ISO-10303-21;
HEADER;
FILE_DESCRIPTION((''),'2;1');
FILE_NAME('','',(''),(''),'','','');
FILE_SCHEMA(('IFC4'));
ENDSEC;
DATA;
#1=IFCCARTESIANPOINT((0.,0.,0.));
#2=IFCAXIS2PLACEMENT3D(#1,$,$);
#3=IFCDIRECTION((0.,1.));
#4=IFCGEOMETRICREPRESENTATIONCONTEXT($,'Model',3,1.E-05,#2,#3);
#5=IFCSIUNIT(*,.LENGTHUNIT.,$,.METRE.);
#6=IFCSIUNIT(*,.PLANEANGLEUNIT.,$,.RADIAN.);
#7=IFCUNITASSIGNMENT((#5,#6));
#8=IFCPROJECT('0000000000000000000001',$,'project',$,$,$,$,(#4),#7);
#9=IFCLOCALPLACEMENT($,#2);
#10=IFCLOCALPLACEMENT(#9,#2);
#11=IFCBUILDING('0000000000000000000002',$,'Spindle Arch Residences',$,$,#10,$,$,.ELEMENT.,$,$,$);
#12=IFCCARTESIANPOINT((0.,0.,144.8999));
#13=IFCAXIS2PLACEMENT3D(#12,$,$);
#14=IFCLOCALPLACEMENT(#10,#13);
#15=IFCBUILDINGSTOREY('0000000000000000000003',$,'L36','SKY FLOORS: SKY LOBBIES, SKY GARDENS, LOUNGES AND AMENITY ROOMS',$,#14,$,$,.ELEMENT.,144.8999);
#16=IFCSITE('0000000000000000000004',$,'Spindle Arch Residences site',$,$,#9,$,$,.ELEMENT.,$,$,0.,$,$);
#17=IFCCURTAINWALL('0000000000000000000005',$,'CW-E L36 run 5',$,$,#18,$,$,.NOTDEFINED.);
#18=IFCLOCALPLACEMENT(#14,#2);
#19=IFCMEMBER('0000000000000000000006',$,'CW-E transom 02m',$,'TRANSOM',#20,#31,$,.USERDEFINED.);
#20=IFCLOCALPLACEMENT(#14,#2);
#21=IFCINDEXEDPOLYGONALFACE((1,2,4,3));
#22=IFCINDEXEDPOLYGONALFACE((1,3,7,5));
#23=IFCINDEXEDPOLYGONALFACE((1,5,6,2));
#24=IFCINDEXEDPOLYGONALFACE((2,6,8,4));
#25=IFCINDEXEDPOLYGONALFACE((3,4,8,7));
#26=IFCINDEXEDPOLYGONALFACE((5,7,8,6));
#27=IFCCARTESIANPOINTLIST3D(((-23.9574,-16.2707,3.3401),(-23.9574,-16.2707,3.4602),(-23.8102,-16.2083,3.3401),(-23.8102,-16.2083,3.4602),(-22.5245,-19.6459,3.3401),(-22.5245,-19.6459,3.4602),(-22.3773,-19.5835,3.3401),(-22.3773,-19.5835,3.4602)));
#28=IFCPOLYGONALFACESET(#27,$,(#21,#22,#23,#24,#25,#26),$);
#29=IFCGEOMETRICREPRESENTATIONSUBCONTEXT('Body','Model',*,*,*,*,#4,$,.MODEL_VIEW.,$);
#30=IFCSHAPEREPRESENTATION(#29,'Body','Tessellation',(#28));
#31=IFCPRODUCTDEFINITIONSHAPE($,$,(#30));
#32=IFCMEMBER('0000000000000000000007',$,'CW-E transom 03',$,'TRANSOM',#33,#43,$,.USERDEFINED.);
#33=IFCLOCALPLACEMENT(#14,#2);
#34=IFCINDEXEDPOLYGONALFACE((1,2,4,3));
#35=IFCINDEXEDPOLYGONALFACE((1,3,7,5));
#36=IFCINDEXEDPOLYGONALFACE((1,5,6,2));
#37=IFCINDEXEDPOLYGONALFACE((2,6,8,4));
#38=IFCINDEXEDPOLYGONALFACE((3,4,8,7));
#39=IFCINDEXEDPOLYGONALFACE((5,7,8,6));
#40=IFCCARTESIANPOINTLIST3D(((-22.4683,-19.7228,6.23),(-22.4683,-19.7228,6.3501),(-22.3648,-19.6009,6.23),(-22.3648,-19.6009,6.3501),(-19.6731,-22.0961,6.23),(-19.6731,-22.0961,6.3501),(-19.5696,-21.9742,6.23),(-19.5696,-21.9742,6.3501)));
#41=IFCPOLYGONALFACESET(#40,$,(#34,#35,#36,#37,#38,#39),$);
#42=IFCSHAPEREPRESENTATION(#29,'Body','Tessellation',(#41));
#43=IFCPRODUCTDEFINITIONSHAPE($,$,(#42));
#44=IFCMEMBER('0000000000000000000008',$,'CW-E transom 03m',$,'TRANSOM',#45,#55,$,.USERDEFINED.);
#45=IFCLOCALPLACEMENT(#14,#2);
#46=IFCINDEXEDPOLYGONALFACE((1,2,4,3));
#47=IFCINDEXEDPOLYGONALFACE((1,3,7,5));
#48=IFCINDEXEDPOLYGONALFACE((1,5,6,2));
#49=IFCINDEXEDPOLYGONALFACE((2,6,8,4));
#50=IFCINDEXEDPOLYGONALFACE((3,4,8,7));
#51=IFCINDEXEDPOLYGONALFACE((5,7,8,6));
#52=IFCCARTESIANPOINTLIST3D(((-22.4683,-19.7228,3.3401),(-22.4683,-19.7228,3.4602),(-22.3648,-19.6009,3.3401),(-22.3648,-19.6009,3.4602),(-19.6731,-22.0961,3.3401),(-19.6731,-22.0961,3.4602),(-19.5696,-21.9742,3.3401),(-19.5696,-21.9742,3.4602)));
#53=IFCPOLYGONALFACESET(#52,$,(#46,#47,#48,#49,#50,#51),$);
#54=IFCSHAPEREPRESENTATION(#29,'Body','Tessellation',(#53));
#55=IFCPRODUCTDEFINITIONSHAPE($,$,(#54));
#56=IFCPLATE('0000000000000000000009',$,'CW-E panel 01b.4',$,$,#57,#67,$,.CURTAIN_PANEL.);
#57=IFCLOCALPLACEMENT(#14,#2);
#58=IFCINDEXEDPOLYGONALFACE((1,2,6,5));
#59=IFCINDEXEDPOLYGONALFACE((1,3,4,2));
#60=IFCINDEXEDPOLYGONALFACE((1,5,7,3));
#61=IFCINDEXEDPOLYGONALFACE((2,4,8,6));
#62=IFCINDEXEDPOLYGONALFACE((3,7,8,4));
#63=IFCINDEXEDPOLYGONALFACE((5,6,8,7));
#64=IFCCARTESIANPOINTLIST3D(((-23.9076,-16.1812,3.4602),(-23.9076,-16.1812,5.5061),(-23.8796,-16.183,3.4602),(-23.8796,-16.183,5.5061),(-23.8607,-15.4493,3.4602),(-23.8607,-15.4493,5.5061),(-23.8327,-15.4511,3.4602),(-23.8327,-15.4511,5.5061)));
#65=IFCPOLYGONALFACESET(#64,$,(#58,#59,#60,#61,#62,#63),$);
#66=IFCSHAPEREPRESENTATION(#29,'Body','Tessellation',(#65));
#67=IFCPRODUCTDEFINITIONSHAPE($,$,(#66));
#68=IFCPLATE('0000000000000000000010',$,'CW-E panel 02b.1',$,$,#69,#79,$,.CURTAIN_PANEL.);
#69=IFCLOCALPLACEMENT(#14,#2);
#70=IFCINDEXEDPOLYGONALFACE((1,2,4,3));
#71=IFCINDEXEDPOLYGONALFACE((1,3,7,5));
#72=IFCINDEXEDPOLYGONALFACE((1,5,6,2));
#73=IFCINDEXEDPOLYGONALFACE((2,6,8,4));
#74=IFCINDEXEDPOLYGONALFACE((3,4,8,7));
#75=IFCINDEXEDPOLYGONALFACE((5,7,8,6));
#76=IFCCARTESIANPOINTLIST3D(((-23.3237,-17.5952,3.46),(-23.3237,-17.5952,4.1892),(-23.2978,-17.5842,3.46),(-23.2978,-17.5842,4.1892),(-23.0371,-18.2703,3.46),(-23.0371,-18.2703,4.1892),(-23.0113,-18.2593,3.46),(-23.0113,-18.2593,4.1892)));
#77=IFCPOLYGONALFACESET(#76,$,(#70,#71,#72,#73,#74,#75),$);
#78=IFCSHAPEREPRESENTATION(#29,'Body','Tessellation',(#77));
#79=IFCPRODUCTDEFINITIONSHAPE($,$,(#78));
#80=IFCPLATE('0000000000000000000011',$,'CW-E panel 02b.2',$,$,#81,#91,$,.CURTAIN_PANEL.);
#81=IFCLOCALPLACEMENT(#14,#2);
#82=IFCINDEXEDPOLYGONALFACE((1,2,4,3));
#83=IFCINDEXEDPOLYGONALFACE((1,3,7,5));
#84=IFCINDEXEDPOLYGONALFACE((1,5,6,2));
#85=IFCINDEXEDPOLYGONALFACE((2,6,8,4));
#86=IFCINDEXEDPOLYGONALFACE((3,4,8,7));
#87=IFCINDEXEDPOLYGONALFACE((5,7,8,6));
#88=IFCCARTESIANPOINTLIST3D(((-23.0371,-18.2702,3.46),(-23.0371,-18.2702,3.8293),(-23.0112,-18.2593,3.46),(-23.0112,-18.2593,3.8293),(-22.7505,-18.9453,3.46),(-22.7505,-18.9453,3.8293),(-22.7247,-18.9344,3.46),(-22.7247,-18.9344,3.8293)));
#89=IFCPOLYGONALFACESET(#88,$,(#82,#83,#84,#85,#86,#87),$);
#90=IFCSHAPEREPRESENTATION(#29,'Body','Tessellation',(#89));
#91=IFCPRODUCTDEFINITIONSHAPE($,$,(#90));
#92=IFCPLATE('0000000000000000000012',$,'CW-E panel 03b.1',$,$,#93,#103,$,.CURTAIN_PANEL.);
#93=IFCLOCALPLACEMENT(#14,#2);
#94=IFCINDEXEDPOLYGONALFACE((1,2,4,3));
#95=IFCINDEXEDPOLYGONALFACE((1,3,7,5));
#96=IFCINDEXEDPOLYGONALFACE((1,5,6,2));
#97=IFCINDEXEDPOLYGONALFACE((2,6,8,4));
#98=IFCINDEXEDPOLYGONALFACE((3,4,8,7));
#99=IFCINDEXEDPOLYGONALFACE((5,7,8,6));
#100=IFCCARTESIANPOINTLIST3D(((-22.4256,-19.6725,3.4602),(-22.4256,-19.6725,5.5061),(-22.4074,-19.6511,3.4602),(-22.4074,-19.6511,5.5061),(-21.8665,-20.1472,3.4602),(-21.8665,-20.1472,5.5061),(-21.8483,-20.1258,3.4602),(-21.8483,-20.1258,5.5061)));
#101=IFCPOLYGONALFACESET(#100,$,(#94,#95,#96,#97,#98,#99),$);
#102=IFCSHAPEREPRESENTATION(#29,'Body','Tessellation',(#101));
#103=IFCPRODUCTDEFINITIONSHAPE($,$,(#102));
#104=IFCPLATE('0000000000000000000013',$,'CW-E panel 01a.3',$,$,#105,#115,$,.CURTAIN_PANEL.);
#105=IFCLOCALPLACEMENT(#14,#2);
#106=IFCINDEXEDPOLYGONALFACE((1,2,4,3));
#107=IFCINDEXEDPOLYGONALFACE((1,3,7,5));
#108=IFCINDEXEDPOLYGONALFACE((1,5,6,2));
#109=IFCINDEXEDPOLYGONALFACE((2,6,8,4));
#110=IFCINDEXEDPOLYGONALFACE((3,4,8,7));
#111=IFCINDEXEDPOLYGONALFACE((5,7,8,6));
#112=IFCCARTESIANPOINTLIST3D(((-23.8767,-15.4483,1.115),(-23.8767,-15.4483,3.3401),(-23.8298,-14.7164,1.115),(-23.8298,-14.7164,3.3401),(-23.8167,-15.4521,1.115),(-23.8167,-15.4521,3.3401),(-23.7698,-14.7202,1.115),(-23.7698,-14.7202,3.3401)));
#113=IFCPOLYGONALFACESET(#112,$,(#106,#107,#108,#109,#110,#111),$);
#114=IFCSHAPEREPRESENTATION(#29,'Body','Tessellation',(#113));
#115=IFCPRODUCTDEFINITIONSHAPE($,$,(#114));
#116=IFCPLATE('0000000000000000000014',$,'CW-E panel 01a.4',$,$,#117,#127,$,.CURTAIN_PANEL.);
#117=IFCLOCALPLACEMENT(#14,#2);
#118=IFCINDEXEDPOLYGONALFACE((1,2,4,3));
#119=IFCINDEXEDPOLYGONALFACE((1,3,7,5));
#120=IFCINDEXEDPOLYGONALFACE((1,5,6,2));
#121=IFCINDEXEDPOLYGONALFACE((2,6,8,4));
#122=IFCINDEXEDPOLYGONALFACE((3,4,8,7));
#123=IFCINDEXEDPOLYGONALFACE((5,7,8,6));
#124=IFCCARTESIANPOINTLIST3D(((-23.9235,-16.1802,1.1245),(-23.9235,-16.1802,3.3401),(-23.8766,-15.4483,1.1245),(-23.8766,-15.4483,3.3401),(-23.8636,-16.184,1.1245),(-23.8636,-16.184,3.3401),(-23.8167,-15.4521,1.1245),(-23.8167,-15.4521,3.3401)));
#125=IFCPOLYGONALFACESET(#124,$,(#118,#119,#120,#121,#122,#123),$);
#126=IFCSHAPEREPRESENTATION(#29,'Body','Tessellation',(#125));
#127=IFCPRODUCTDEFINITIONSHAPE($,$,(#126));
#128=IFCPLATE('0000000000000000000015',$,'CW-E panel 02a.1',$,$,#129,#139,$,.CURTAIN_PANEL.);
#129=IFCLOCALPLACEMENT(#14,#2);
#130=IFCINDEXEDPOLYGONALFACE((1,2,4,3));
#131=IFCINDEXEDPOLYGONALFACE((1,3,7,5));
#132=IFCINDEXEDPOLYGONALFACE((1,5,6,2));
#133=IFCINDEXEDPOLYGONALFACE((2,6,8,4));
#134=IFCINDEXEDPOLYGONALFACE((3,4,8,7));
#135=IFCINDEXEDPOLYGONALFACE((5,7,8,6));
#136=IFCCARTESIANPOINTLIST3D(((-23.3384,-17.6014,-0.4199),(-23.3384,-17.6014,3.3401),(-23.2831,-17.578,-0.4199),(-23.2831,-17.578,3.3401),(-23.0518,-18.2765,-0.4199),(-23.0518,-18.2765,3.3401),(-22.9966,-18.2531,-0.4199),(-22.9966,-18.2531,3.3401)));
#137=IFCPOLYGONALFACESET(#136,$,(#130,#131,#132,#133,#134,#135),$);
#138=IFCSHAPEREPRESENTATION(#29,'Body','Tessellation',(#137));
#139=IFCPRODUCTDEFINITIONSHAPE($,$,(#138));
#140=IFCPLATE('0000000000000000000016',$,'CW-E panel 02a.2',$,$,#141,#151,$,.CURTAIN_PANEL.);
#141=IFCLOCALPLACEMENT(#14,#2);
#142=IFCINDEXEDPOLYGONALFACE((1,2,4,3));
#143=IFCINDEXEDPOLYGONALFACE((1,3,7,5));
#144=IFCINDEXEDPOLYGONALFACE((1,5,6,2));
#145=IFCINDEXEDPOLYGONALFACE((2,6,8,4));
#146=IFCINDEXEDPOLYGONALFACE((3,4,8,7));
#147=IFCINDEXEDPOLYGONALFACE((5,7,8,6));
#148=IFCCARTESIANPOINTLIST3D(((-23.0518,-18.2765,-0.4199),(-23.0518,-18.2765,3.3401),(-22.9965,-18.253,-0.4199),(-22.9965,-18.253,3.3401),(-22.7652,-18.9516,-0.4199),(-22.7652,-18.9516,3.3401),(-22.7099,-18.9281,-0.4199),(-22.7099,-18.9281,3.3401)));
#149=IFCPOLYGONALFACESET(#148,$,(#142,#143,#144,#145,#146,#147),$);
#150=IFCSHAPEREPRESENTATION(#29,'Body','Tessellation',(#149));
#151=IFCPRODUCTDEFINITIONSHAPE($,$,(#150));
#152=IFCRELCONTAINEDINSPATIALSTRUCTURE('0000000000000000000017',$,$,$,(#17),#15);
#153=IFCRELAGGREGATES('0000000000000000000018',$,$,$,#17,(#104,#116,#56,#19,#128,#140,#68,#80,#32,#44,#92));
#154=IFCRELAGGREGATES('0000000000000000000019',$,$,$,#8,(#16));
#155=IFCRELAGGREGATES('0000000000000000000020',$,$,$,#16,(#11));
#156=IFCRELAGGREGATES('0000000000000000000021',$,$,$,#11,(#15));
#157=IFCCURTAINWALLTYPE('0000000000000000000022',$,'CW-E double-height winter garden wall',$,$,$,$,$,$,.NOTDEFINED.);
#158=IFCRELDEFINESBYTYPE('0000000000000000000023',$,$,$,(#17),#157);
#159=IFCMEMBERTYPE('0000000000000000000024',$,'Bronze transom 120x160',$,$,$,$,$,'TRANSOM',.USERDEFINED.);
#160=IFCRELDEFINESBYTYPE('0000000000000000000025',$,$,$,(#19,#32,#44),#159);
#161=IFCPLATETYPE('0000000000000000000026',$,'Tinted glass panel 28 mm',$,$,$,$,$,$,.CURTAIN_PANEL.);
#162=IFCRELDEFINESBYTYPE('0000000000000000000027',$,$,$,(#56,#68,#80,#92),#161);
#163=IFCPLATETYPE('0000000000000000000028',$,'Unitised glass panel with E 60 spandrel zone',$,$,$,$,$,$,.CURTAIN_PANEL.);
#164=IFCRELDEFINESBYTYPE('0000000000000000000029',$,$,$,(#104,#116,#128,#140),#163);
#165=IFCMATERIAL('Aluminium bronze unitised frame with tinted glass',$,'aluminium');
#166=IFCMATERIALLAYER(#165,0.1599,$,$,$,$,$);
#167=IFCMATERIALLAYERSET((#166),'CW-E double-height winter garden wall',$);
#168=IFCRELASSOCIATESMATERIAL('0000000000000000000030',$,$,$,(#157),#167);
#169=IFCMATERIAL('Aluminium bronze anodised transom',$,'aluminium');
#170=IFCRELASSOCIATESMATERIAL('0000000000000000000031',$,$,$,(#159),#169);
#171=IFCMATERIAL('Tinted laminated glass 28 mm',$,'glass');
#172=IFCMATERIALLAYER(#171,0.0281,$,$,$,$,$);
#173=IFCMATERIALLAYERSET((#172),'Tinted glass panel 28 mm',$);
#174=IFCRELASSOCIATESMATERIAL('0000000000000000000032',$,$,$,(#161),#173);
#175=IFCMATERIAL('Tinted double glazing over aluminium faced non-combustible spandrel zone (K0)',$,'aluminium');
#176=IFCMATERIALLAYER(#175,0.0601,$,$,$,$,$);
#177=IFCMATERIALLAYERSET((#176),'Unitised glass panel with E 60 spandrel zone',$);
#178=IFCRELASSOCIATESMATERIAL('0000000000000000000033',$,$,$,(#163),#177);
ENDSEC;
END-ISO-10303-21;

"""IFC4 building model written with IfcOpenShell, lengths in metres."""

from ifc_helpers import new_model, si_unit, direction, frame, origin, origin_2d, place, context, subcontext, project, spatial, rectangle, extrude, material, layer, layer_set, material_profile, profile_set, type_object, element, aggregate, save


model = new_model("IFC4")

# Units and contexts
model_context = context("Model", 3, precision=1e-05, world=origin(), true_north=direction((0.0, 1.0)))
body_context = subcontext(model_context, "Body", "Model", "MODEL_VIEW")
ifc_project = project(units=[si_unit("LENGTHUNIT", "METRE"), si_unit("PLANEANGLEUNIT", "RADIAN")], contexts=[model_context])

# Site, building, storey
site_placement = place(None, origin())
site = spatial("IfcSite", under=ifc_project, at=site_placement, Name="Spindle Arch Residences site", CompositionType="ELEMENT", RefElevation=0.0)
building_placement = place(site_placement, origin())
building = spatial("IfcBuilding", under=site, at=building_placement, Name="Spindle Arch Residences", CompositionType="ELEMENT")
storey_placement = place(building_placement, frame((0.0, 0.0, 144.8999)))
storey = spatial("IfcBuildingStorey", under=building, at=storey_placement, Name="L36", Description="SKY FLOORS: SKY LOBBIES, SKY GARDENS, LOUNGES AND AMENITY ROOMS", CompositionType="ELEMENT", Elevation=144.8999)

# Curtain wall, members, plates
ifc_material_1 = material(Name="Aluminium bronze unitised frame with tinted glass", Category="aluminium")
ifc_layer_1 = layer(ifc_material_1, 0.1599)
ifc_layer_set_1 = layer_set([ifc_layer_1], Name="CW-E double-height winter garden wall")
curtain_wall_type = type_object("IfcCurtainWallType", Name="CW-E double-height winter garden wall", PredefinedType="NOTDEFINED", material=ifc_layer_set_1)
curtain_wall_placement = place(storey_placement, origin())
curtain_wall = element("IfcCurtainWall", 1, at=curtain_wall_placement, inside=storey, type_object=curtain_wall_type, Name="CW-E L36 run 5", PredefinedType="NOTDEFINED")
ifc_material_2 = material(Name="Aluminium bronze anodised transom", Category="aluminium")
ifc_material_profile_1 = material_profile(ifc_material_2, rectangle(XDim=0.1599, YDim=0.1201, at=origin_2d()), Name="TR 120x160")
ifc_profile_set_1 = profile_set([ifc_material_profile_1], Name="Aluminium bronze anodised transom")
member_type_1 = type_object("IfcMemberType", Name="Bronze transom 120x160", ElementType="TRANSOM", PredefinedType="USERDEFINED", material=ifc_profile_set_1)
member_1_placement = place(storey_placement, frame((-23.8838, -16.2395, 3.4001), z_axis=(0.390767, -0.92049, 0.0), x_axis=(0.92049, 0.390767, 0.0)))
member_1 = element("IfcMember", 2, at=member_1_placement, type_object=member_type_1, Name="CW-E transom 02m", ObjectType="TRANSOM", PredefinedType="USERDEFINED", context=body_context, shape_type="SweptSolid", body=[
    extrude(rectangle(XDim=0.1599, YDim=0.1201, at=origin_2d()), origin(), (0.0, 0.0, 1.0), 3.6667),
])
member_2_placement = place(storey_placement, frame((-22.4165, -19.6619, 6.29), z_axis=(0.762289, -0.647237, 0.0), x_axis=(0.647237, 0.762289, 0.0)))
member_2 = element("IfcMember", 3, at=member_2_placement, type_object=member_type_1, Name="CW-E transom 03", ObjectType="TRANSOM", PredefinedType="USERDEFINED", context=body_context, shape_type="SweptSolid", body=[
    extrude(rectangle(XDim=0.1599, YDim=0.1201, at=origin_2d()), origin(), (0.0, 0.0, 1.0), 3.6667),
])
member_3_placement = place(storey_placement, frame((-22.4165, -19.6619, 3.4001), z_axis=(0.762289, -0.647237, 0.0), x_axis=(0.647237, 0.762289, 0.0)))
member_3 = element("IfcMember", 4, at=member_3_placement, type_object=member_type_1, Name="CW-E transom 03m", ObjectType="TRANSOM", PredefinedType="USERDEFINED", context=body_context, shape_type="SweptSolid", body=[
    extrude(rectangle(XDim=0.1599, YDim=0.1201, at=origin_2d()), origin(), (0.0, 0.0, 1.0), 3.6667),
])
ifc_material_3 = material(Name="Tinted laminated glass 28 mm", Category="glass")
ifc_layer_2 = layer(ifc_material_3, 0.0281)
ifc_layer_set_2 = layer_set([ifc_layer_2], Name="Tinted glass panel 28 mm")
plate_type_1 = type_object("IfcPlateType", Name="Tinted glass panel 28 mm", PredefinedType="CURTAIN_PANEL", material=ifc_layer_set_2)
plate_1_placement = place(storey_placement, frame((-23.8701, -15.8162, 3.4602), z_axis=(0.0, 0.0, 1.0), x_axis=(-0.063952, -0.997953, 0.0)))
plate_1 = element("IfcPlate", 5, at=plate_1_placement, type_object=plate_type_1, Name="CW-E panel 01b.4", PredefinedType="CURTAIN_PANEL", context=body_context, shape_type="SweptSolid", body=[
    extrude(rectangle(XDim=0.7334, YDim=0.0281, at=origin_2d()), origin(), (0.0, 0.0, 1.0), 2.0459),
])
plate_2_placement = place(storey_placement, frame((-23.1675, -17.9272, 3.46), z_axis=(0.0, 0.0, 1.0), x_axis=(0.390731, -0.920505, 0.0)))
plate_2 = element("IfcPlate", 6, at=plate_2_placement, type_object=plate_type_1, Name="CW-E panel 02b.1", PredefinedType="CURTAIN_PANEL", context=body_context, shape_type="SweptSolid", body=[
    extrude(rectangle(XDim=0.7334, YDim=0.0281, at=origin_2d()), origin(), (0.0, 0.0, 1.0), 0.7292),
])
plate_3_placement = place(storey_placement, frame((-22.8809, -18.6023, 3.46), z_axis=(0.0, 0.0, 1.0), x_axis=(0.390731, -0.920505, 0.0)))
plate_3 = element("IfcPlate", 7, at=plate_3_placement, type_object=plate_type_1, Name="CW-E panel 02b.2", PredefinedType="CURTAIN_PANEL", context=body_context, shape_type="SweptSolid", body=[
    extrude(rectangle(XDim=0.7334, YDim=0.0281, at=origin_2d()), origin(), (0.0, 0.0, 1.0), 0.3694),
])
plate_4_placement = place(storey_placement, frame((-22.137, -19.8992, 3.4602), z_axis=(0.0, 0.0, 1.0), x_axis=(0.762292, -0.647233, 0.0)))
plate_4 = element("IfcPlate", 8, at=plate_4_placement, type_object=plate_type_1, Name="CW-E panel 03b.1", PredefinedType="CURTAIN_PANEL", context=body_context, shape_type="SweptSolid", body=[
    extrude(rectangle(XDim=0.7334, YDim=0.0281, at=origin_2d()), origin(), (0.0, 0.0, 1.0), 2.0459),
])
ifc_material_4 = material(Name="Tinted double glazing over aluminium faced non-combustible spandrel zone (K0)", Category="aluminium")
ifc_layer_3 = layer(ifc_material_4, 0.0601)
ifc_layer_set_3 = layer_set([ifc_layer_3], Name="Unitised glass panel with E 60 spandrel zone")
plate_type_2 = type_object("IfcPlateType", Name="Unitised glass panel with E 60 spandrel zone", PredefinedType="CURTAIN_PANEL", material=ifc_layer_set_3)
plate_5_placement = place(storey_placement, frame((-23.8232, -15.0842, 1.115), z_axis=(0.0, 0.0, 1.0), x_axis=(-0.063952, -0.997953, 0.0)))
plate_5 = element("IfcPlate", 9, at=plate_5_placement, type_object=plate_type_2, Name="CW-E panel 01a.3", PredefinedType="CURTAIN_PANEL", context=body_context, shape_type="SweptSolid", body=[
    extrude(rectangle(XDim=0.7334, YDim=0.0601, at=origin_2d()), origin(), (0.0, 0.0, 1.0), 2.2251),
])
plate_6_placement = place(storey_placement, frame((-23.8701, -15.8162, 1.1245), z_axis=(0.0, 0.0, 1.0), x_axis=(-0.063952, -0.997953, 0.0)))
plate_6 = element("IfcPlate", 10, at=plate_6_placement, type_object=plate_type_2, Name="CW-E panel 01a.4", PredefinedType="CURTAIN_PANEL", context=body_context, shape_type="SweptSolid", body=[
    extrude(rectangle(XDim=0.7334, YDim=0.0601, at=origin_2d()), origin(), (0.0, 0.0, 1.0), 2.2156),
])
plate_7_placement = place(storey_placement, frame((-23.1675, -17.9272, -0.4199), z_axis=(0.0, 0.0, 1.0), x_axis=(0.390731, -0.920505, 0.0)))
plate_7 = element("IfcPlate", 11, at=plate_7_placement, type_object=plate_type_2, Name="CW-E panel 02a.1", PredefinedType="CURTAIN_PANEL", context=body_context, shape_type="SweptSolid", body=[
    extrude(rectangle(XDim=0.7334, YDim=0.0601, at=origin_2d()), origin(), (0.0, 0.0, 1.0), 3.76),
])
plate_8_placement = place(storey_placement, frame((-22.8809, -18.6023, -0.4199), z_axis=(0.0, 0.0, 1.0), x_axis=(0.390731, -0.920505, 0.0)))
plate_8 = element("IfcPlate", 12, at=plate_8_placement, type_object=plate_type_2, Name="CW-E panel 02a.2", PredefinedType="CURTAIN_PANEL", context=body_context, shape_type="SweptSolid", body=[
    extrude(rectangle(XDim=0.7334, YDim=0.0601, at=origin_2d()), origin(), (0.0, 0.0, 1.0), 3.76),
])
aggregate(curtain_wall, [plate_5, plate_6, plate_1, member_1, plate_7, plate_8, plate_2, plate_3, member_2, member_3, plate_4])

save(model, "model.ifc")
